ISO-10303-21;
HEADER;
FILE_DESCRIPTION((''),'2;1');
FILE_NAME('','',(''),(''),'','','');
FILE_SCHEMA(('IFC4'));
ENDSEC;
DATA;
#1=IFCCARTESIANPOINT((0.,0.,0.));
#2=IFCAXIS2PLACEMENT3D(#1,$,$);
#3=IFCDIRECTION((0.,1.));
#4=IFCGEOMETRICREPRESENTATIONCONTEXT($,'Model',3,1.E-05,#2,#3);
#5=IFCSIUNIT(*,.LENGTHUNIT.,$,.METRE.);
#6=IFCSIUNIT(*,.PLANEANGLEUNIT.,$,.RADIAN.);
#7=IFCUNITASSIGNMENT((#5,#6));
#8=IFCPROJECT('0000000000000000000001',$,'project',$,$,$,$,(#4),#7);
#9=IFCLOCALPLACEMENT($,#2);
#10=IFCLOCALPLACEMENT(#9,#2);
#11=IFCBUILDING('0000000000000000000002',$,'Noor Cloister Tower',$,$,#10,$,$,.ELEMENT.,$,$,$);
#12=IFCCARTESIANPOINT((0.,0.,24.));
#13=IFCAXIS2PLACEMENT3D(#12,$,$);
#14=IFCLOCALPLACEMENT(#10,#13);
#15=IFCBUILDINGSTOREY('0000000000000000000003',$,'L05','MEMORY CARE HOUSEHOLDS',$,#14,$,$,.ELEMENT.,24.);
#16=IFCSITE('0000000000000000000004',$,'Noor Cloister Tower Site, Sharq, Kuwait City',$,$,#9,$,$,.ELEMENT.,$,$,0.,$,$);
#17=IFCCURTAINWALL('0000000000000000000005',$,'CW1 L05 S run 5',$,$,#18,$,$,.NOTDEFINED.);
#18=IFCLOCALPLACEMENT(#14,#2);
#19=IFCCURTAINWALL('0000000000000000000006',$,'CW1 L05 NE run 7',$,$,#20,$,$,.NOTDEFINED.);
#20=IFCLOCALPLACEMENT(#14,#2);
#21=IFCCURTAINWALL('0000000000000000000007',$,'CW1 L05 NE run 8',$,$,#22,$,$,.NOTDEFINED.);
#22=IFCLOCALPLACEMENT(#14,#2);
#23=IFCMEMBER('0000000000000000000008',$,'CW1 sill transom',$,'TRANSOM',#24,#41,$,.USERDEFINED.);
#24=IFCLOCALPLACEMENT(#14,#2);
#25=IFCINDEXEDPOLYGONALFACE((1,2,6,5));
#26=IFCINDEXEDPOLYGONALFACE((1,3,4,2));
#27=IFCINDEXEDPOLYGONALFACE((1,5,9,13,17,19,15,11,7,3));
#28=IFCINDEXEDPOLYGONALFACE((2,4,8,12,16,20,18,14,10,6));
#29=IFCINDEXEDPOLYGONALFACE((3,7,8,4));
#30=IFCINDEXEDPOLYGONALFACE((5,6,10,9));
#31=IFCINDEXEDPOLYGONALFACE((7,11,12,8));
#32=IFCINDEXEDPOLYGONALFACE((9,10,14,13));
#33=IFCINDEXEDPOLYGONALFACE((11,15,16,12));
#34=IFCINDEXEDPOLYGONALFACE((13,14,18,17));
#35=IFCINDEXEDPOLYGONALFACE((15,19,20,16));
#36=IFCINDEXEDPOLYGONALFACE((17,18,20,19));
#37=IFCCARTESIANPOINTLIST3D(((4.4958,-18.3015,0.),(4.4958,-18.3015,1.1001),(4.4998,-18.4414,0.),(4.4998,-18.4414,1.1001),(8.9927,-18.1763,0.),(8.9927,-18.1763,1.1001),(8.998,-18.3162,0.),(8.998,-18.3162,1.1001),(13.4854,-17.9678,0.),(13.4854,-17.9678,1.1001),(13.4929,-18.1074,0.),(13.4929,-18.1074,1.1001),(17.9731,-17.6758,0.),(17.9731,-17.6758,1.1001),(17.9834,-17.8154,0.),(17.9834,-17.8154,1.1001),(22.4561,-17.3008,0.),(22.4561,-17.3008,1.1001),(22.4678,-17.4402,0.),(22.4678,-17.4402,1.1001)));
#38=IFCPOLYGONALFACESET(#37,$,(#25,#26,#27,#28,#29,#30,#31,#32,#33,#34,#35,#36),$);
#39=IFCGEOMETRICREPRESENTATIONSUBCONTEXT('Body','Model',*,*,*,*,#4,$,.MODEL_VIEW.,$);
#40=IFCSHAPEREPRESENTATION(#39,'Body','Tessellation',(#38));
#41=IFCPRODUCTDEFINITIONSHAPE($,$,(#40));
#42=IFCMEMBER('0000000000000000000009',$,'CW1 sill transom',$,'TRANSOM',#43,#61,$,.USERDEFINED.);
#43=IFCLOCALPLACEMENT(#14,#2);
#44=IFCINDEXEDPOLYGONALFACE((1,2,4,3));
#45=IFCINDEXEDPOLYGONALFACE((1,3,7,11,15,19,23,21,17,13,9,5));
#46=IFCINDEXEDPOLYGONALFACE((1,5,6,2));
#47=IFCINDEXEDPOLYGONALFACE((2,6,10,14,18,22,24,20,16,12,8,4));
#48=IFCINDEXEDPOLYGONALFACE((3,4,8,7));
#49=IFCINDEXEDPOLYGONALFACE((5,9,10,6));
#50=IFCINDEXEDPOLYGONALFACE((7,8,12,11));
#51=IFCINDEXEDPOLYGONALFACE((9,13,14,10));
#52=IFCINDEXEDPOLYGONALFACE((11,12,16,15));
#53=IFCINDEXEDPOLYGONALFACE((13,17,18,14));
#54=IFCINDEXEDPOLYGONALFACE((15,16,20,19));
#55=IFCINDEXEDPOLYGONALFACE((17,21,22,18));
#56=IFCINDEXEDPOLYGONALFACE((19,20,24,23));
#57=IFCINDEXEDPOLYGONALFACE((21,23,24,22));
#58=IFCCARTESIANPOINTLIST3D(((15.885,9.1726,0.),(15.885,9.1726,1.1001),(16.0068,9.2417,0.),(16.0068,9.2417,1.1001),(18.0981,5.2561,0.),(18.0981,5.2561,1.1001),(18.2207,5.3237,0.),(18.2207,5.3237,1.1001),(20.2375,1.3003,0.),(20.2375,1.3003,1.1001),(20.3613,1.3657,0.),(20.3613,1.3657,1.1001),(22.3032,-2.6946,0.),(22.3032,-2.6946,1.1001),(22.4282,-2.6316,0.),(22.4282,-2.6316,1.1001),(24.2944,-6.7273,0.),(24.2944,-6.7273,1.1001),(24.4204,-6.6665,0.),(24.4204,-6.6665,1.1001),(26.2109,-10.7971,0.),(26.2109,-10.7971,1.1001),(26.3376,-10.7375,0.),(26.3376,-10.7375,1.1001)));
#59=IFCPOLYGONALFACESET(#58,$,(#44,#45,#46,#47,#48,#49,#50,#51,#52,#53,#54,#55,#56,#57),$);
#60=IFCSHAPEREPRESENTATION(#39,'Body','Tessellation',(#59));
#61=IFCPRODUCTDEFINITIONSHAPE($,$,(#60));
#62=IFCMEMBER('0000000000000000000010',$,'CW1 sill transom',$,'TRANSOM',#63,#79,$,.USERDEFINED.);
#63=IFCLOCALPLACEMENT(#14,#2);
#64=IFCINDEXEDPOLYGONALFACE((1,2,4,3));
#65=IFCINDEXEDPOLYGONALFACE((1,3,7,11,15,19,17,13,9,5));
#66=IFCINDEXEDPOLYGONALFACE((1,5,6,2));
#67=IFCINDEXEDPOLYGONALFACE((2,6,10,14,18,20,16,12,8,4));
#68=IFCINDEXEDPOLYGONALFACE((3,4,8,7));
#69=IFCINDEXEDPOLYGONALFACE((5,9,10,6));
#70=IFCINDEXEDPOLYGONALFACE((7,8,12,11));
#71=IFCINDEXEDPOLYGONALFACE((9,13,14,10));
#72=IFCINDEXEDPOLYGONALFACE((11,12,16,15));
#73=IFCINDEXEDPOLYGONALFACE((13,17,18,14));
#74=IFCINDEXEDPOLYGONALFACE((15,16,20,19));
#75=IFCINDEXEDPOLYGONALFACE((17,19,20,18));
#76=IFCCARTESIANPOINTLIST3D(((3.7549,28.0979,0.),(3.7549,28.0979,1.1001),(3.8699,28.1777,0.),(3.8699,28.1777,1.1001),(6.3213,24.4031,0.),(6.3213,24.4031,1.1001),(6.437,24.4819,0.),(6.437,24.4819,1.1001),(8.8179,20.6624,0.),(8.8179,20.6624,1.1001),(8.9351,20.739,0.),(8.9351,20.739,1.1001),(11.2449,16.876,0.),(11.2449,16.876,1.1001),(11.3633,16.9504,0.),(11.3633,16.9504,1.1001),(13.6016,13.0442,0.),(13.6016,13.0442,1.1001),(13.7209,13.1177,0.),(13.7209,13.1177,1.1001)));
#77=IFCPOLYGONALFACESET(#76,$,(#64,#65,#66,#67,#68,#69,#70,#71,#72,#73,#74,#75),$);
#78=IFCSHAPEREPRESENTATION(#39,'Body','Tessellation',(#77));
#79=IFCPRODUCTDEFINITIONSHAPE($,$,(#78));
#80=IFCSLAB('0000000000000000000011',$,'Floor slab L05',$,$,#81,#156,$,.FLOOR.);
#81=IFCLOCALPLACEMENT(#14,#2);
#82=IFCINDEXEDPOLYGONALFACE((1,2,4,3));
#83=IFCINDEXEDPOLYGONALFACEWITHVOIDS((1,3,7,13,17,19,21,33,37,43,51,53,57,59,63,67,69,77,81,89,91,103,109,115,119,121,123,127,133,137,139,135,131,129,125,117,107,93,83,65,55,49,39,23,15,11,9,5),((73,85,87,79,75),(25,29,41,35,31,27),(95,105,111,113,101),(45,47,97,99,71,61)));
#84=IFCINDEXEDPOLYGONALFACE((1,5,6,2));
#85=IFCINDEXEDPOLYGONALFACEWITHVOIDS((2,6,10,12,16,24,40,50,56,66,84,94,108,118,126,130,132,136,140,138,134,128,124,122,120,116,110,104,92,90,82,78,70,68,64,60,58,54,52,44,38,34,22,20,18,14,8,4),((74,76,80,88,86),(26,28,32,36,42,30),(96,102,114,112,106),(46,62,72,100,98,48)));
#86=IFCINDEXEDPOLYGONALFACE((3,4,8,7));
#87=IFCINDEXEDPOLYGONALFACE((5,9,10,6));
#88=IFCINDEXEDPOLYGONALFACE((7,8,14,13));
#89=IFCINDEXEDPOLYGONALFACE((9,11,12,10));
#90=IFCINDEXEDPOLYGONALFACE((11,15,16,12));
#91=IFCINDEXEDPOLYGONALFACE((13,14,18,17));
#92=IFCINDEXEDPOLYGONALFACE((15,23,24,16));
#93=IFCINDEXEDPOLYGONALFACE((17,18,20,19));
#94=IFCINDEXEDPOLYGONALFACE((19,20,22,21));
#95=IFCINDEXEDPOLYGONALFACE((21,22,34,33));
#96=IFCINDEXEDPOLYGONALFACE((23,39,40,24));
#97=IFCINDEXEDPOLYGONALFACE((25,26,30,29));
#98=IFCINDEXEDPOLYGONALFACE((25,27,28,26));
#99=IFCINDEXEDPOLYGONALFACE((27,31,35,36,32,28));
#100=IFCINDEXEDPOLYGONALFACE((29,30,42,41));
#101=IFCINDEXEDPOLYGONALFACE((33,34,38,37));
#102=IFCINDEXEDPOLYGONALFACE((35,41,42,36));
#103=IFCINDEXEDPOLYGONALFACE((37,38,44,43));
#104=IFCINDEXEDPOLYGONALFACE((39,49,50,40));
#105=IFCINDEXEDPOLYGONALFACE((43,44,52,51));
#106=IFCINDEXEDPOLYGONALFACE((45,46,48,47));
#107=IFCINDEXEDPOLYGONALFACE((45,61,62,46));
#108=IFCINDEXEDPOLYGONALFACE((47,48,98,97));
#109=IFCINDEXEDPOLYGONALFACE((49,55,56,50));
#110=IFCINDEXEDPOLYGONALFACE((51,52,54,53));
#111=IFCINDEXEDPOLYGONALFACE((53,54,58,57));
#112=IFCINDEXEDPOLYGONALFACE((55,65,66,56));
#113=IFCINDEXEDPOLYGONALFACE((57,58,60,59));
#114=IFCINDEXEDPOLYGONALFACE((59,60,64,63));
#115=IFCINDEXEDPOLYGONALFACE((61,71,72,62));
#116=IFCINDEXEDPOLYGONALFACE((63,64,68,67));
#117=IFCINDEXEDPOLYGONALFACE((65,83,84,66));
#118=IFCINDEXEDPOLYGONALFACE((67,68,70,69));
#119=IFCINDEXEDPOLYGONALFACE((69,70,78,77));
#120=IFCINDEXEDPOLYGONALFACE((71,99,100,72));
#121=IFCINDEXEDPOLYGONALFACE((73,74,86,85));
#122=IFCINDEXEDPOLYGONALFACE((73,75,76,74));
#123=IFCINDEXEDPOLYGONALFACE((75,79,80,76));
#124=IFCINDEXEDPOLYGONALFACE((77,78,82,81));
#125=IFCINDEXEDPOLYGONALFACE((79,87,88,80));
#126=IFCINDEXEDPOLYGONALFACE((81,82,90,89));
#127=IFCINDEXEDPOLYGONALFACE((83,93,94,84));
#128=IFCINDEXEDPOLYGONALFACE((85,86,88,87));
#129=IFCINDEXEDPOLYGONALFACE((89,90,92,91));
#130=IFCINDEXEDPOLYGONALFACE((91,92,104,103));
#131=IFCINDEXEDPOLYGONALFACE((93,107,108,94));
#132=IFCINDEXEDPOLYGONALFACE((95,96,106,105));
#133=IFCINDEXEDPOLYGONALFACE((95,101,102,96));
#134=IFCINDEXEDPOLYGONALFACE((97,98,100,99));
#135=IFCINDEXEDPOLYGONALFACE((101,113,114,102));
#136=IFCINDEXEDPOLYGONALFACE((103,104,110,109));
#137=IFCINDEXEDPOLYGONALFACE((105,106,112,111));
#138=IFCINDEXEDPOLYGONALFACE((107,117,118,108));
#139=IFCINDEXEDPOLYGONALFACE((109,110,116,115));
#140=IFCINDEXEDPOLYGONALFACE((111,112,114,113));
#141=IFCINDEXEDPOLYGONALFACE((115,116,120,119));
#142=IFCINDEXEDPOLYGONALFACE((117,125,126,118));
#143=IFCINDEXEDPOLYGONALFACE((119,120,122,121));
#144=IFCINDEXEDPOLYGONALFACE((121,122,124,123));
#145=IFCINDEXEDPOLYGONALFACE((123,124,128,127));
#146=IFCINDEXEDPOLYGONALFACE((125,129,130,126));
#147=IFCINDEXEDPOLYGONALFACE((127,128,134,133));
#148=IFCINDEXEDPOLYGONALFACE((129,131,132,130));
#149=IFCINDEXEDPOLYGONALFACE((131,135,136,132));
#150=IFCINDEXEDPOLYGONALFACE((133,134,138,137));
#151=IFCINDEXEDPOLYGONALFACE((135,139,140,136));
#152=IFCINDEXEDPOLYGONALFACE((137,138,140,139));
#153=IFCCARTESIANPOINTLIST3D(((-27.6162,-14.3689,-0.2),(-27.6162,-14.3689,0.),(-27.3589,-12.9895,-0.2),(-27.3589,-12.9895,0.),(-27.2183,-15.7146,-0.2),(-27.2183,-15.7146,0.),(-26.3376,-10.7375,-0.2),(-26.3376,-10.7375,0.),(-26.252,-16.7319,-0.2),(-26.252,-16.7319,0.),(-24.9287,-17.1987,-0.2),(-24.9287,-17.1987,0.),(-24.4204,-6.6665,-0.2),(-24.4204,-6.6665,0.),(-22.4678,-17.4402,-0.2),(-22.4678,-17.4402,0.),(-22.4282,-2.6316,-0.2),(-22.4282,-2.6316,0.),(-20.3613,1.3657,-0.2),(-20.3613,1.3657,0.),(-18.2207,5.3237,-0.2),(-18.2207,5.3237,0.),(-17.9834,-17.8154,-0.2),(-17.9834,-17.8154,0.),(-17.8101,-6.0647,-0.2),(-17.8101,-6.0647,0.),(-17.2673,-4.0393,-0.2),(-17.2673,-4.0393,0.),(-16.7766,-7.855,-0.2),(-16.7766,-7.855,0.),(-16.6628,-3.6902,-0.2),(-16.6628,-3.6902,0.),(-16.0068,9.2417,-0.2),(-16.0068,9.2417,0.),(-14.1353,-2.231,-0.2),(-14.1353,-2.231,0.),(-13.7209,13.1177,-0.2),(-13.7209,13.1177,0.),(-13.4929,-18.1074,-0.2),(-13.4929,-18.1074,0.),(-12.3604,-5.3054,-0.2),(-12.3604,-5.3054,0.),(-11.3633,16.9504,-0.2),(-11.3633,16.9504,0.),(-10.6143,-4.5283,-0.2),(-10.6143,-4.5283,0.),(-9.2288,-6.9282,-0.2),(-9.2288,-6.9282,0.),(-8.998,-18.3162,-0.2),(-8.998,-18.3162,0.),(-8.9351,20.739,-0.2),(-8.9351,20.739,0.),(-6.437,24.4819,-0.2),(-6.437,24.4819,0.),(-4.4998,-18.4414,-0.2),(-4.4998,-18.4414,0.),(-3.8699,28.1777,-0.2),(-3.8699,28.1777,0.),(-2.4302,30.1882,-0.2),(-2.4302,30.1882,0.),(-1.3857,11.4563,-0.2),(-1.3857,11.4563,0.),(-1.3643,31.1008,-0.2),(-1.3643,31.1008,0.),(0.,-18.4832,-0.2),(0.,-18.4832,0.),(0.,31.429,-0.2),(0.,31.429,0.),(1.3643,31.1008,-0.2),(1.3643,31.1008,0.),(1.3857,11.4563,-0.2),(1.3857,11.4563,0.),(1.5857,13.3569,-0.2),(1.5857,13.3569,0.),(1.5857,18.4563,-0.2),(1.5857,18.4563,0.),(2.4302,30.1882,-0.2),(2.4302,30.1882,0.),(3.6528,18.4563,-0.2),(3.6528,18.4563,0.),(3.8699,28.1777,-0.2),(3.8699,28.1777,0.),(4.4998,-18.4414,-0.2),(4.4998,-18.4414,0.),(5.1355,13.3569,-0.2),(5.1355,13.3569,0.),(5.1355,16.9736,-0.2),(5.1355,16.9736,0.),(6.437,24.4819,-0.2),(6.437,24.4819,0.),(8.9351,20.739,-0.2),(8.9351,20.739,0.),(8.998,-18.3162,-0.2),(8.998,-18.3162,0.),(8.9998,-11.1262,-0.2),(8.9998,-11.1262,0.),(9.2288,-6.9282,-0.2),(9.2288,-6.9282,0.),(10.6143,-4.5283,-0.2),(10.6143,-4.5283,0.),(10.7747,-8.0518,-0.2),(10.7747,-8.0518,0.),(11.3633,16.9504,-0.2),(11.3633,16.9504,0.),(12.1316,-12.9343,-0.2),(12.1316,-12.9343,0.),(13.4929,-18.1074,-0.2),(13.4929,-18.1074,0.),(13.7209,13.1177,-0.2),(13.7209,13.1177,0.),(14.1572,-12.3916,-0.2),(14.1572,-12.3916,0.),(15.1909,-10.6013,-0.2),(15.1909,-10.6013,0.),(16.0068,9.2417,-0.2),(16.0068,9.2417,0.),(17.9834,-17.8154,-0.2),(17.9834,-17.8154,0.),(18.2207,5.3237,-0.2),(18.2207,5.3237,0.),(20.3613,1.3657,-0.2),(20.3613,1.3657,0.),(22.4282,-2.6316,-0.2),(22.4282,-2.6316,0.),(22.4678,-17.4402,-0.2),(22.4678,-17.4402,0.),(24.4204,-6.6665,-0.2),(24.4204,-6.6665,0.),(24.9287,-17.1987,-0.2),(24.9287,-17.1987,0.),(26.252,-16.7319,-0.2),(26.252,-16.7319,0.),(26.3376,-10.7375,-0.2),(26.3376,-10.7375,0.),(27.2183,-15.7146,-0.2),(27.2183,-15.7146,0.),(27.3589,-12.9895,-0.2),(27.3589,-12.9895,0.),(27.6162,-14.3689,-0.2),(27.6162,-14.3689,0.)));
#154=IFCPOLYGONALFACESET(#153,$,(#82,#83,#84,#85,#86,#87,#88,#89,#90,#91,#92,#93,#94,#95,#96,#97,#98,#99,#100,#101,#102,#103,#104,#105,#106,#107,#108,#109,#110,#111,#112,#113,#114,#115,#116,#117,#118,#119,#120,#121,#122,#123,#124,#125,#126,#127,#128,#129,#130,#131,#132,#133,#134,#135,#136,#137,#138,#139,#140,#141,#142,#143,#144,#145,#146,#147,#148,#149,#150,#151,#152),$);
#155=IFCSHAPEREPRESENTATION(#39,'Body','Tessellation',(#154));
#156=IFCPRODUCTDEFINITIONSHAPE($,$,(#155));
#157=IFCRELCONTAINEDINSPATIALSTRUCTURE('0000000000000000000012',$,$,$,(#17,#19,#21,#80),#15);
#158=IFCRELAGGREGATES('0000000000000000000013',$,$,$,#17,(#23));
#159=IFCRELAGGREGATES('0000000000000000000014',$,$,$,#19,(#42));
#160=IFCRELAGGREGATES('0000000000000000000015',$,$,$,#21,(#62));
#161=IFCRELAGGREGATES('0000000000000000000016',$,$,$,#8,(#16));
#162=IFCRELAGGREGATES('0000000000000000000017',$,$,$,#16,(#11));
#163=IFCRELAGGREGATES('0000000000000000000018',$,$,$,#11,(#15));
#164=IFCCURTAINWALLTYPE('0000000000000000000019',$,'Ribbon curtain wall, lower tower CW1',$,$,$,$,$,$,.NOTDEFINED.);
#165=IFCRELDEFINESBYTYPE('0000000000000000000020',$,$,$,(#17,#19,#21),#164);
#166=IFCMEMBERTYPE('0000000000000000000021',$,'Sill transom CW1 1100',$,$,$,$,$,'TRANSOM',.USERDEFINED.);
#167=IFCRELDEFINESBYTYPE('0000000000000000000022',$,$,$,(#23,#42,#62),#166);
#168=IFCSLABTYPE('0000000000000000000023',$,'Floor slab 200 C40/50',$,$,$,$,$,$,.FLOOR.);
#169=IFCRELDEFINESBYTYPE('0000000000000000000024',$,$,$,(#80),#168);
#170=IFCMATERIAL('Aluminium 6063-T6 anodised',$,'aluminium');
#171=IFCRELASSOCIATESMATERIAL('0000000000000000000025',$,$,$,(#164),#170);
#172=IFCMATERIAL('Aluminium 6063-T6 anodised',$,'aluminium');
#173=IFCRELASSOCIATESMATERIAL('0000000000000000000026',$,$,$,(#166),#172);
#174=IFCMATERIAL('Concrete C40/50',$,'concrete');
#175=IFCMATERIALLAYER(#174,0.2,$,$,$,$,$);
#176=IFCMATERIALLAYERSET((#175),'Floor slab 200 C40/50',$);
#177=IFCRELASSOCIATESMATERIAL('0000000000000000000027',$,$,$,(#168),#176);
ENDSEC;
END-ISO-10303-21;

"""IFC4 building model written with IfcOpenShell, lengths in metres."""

from ifc_helpers import new_model, si_unit, direction, frame, origin, place, context, subcontext, project, spatial, polyline, outline, extrude, material, layer, layer_set, type_object, element, aggregate, save


model = new_model("IFC4")

# Units and contexts
model_context = context("Model", 3, precision=1e-05, world=origin(), true_north=direction((0.0, 1.0)))
body_context = subcontext(model_context, "Body", "Model", "MODEL_VIEW")
ifc_project = project(units=[si_unit("LENGTHUNIT", "METRE"), si_unit("PLANEANGLEUNIT", "RADIAN")], contexts=[model_context])

# Site, building, storey
site_placement = place(None, origin())
site = spatial("IfcSite", under=ifc_project, at=site_placement, Name="Noor Cloister Tower Site, Sharq, Kuwait City", CompositionType="ELEMENT", RefElevation=0.0)
building_placement = place(site_placement, origin())
building = spatial("IfcBuilding", under=site, at=building_placement, Name="Noor Cloister Tower", CompositionType="ELEMENT")
storey_placement = place(building_placement, frame((0.0, 0.0, 24.0)))
storey = spatial("IfcBuildingStorey", under=building, at=storey_placement, Name="L05", Description="MEMORY CARE HOUSEHOLDS", CompositionType="ELEMENT", Elevation=24.0)

# Curtain walls
ifc_material_1 = material(Name="Aluminium 6063-T6 anodised", Category="aluminium")
curtain_wall_type = type_object("IfcCurtainWallType", Name="Ribbon curtain wall, lower tower CW1", PredefinedType="NOTDEFINED", material=ifc_material_1)
curtain_wall_1_placement = place(storey_placement, origin())
curtain_wall_1 = element("IfcCurtainWall", 1, at=curtain_wall_1_placement, inside=storey, type_object=curtain_wall_type, Name="CW1 L05 S run 5", PredefinedType="NOTDEFINED")
curtain_wall_2_placement = place(storey_placement, origin())
curtain_wall_2 = element("IfcCurtainWall", 2, at=curtain_wall_2_placement, inside=storey, type_object=curtain_wall_type, Name="CW1 L05 NE run 7", PredefinedType="NOTDEFINED")
curtain_wall_3_placement = place(storey_placement, origin())
curtain_wall_3 = element("IfcCurtainWall", 3, at=curtain_wall_3_placement, inside=storey, type_object=curtain_wall_type, Name="CW1 L05 NE run 8", PredefinedType="NOTDEFINED")

# Members
ifc_material_2 = material(Name="Aluminium 6063-T6 anodised", Category="aluminium")
member_type_1 = type_object("IfcMemberType", Name="Sill transom CW1 1100", ElementType="TRANSOM", PredefinedType="USERDEFINED", material=ifc_material_2)
member_1_placement = place(storey_placement, origin())
member_1 = element("IfcMember", 4, at=member_1_placement, type_object=member_type_1, Name="CW1 sill transom", ObjectType="TRANSOM", PredefinedType="USERDEFINED", context=body_context, shape_type="SweptSolid", body=[
    extrude(outline(polyline([(4.4998, -18.4414), (8.998, -18.3162), (13.4929, -18.1074), (17.9834, -17.8154), (22.4678, -17.4402), (22.4561, -17.3008), (17.9731, -17.6758), (13.4854, -17.9678), (8.9927, -18.1763), (4.4958, -18.3015), (4.4998, -18.4414)])), origin(), (0.0, 0.0, 1.0), 1.1001),
])
aggregate(curtain_wall_1, [member_1])
member_2_placement = place(storey_placement, origin())
member_2 = element("IfcMember", 5, at=member_2_placement, type_object=member_type_1, Name="CW1 sill transom", ObjectType="TRANSOM", PredefinedType="USERDEFINED", context=body_context, shape_type="SweptSolid", body=[
    extrude(outline(polyline([(26.3376, -10.7375), (24.4204, -6.6665), (22.4282, -2.6316), (20.3613, 1.3657), (18.2207, 5.3237), (16.0068, 9.2417), (15.885, 9.1726), (18.0981, 5.2561), (20.2375, 1.3003), (22.3032, -2.6946), (24.2944, -6.7273), (26.2109, -10.7971), (26.3376, -10.7375)])), origin(), (0.0, 0.0, 1.0), 1.1001),
])
aggregate(curtain_wall_2, [member_2])
member_3_placement = place(storey_placement, origin())
member_3 = element("IfcMember", 6, at=member_3_placement, type_object=member_type_1, Name="CW1 sill transom", ObjectType="TRANSOM", PredefinedType="USERDEFINED", context=body_context, shape_type="SweptSolid", body=[
    extrude(outline(polyline([(13.7209, 13.1177), (11.3633, 16.9504), (8.9351, 20.739), (6.437, 24.4819), (3.8699, 28.1777), (3.7549, 28.0979), (6.3213, 24.4031), (8.8179, 20.6624), (11.2449, 16.876), (13.6016, 13.0442), (13.7209, 13.1177)])), origin(), (0.0, 0.0, 1.0), 1.1001),
])
aggregate(curtain_wall_3, [member_3])

# Slab
ifc_material_3 = material(Name="Concrete C40/50", Category="concrete")
ifc_layer_1 = layer(ifc_material_3, 0.2)
ifc_layer_set_1 = layer_set([ifc_layer_1], Name="Floor slab 200 C40/50")
slab_type_1 = type_object("IfcSlabType", Name="Floor slab 200 C40/50", PredefinedType="FLOOR", material=ifc_layer_set_1)
slab_1_placement = place(storey_placement, frame((0.0, 0.0, -0.2)))
element("IfcSlab", 7, at=slab_1_placement, inside=storey, type_object=slab_type_1, Name="Floor slab L05", PredefinedType="FLOOR", context=body_context, shape_type="SweptSolid", body=[
    extrude(outline(polyline([(2.4302, 30.1882), (1.3643, 31.1008), (0.0, 31.429), (-1.3643, 31.1008), (-2.4302, 30.1882), (-3.8699, 28.1777), (-6.437, 24.4819), (-8.9351, 20.739), (-11.3633, 16.9504), (-13.7209, 13.1177), (-16.0068, 9.2417), (-18.2207, 5.3237), (-20.3613, 1.3657), (-22.4282, -2.6316), (-24.4204, -6.6665), (-26.3376, -10.7375), (-27.3589, -12.9895), (-27.6162, -14.3689), (-27.2183, -15.7146), (-26.252, -16.7319), (-24.9287, -17.1987), (-22.4678, -17.4402), (-17.9834, -17.8154), (-13.4929, -18.1074), (-8.998, -18.3162), (-4.4998, -18.4414), (0.0, -18.4832), (4.4998, -18.4414), (8.998, -18.3162), (13.4929, -18.1074), (17.9834, -17.8154), (22.4678, -17.4402), (24.9287, -17.1987), (26.252, -16.7319), (27.2183, -15.7146), (27.6162, -14.3689), (27.3589, -12.9895), (26.3376, -10.7375), (24.4204, -6.6665), (22.4282, -2.6316), (20.3613, 1.3657), (18.2207, 5.3237), (16.0068, 9.2417), (13.7209, 13.1177), (11.3633, 16.9504), (8.9351, 20.739), (6.437, 24.4819), (3.8699, 28.1777), (2.4302, 30.1882)]), holes=[polyline([(8.9998, -11.1262), (12.1316, -12.9343), (14.1572, -12.3916), (15.1909, -10.6013), (10.7747, -8.0518), (8.9998, -11.1262)]), polyline([(-17.8101, -6.0647), (-16.7766, -7.855), (-12.3604, -5.3054), (-14.1353, -2.231), (-16.6628, -3.6902), (-17.2673, -4.0393), (-17.8101, -6.0647)]), polyline([(-10.6143, -4.5283), (-9.2288, -6.9282), (9.2288, -6.9282), (10.6143, -4.5283), (1.3857, 11.4563), (-1.3857, 11.4563), (-10.6143, -4.5283)]), polyline([(3.6528, 18.4563), (1.5857, 18.4563), (1.5857, 13.3569), (5.1355, 13.3569), (5.1355, 16.9736), (3.6528, 18.4563)])]), origin(), (0.0, 0.0, 1.0), 0.2),
])

save(model, "model.ifc")
